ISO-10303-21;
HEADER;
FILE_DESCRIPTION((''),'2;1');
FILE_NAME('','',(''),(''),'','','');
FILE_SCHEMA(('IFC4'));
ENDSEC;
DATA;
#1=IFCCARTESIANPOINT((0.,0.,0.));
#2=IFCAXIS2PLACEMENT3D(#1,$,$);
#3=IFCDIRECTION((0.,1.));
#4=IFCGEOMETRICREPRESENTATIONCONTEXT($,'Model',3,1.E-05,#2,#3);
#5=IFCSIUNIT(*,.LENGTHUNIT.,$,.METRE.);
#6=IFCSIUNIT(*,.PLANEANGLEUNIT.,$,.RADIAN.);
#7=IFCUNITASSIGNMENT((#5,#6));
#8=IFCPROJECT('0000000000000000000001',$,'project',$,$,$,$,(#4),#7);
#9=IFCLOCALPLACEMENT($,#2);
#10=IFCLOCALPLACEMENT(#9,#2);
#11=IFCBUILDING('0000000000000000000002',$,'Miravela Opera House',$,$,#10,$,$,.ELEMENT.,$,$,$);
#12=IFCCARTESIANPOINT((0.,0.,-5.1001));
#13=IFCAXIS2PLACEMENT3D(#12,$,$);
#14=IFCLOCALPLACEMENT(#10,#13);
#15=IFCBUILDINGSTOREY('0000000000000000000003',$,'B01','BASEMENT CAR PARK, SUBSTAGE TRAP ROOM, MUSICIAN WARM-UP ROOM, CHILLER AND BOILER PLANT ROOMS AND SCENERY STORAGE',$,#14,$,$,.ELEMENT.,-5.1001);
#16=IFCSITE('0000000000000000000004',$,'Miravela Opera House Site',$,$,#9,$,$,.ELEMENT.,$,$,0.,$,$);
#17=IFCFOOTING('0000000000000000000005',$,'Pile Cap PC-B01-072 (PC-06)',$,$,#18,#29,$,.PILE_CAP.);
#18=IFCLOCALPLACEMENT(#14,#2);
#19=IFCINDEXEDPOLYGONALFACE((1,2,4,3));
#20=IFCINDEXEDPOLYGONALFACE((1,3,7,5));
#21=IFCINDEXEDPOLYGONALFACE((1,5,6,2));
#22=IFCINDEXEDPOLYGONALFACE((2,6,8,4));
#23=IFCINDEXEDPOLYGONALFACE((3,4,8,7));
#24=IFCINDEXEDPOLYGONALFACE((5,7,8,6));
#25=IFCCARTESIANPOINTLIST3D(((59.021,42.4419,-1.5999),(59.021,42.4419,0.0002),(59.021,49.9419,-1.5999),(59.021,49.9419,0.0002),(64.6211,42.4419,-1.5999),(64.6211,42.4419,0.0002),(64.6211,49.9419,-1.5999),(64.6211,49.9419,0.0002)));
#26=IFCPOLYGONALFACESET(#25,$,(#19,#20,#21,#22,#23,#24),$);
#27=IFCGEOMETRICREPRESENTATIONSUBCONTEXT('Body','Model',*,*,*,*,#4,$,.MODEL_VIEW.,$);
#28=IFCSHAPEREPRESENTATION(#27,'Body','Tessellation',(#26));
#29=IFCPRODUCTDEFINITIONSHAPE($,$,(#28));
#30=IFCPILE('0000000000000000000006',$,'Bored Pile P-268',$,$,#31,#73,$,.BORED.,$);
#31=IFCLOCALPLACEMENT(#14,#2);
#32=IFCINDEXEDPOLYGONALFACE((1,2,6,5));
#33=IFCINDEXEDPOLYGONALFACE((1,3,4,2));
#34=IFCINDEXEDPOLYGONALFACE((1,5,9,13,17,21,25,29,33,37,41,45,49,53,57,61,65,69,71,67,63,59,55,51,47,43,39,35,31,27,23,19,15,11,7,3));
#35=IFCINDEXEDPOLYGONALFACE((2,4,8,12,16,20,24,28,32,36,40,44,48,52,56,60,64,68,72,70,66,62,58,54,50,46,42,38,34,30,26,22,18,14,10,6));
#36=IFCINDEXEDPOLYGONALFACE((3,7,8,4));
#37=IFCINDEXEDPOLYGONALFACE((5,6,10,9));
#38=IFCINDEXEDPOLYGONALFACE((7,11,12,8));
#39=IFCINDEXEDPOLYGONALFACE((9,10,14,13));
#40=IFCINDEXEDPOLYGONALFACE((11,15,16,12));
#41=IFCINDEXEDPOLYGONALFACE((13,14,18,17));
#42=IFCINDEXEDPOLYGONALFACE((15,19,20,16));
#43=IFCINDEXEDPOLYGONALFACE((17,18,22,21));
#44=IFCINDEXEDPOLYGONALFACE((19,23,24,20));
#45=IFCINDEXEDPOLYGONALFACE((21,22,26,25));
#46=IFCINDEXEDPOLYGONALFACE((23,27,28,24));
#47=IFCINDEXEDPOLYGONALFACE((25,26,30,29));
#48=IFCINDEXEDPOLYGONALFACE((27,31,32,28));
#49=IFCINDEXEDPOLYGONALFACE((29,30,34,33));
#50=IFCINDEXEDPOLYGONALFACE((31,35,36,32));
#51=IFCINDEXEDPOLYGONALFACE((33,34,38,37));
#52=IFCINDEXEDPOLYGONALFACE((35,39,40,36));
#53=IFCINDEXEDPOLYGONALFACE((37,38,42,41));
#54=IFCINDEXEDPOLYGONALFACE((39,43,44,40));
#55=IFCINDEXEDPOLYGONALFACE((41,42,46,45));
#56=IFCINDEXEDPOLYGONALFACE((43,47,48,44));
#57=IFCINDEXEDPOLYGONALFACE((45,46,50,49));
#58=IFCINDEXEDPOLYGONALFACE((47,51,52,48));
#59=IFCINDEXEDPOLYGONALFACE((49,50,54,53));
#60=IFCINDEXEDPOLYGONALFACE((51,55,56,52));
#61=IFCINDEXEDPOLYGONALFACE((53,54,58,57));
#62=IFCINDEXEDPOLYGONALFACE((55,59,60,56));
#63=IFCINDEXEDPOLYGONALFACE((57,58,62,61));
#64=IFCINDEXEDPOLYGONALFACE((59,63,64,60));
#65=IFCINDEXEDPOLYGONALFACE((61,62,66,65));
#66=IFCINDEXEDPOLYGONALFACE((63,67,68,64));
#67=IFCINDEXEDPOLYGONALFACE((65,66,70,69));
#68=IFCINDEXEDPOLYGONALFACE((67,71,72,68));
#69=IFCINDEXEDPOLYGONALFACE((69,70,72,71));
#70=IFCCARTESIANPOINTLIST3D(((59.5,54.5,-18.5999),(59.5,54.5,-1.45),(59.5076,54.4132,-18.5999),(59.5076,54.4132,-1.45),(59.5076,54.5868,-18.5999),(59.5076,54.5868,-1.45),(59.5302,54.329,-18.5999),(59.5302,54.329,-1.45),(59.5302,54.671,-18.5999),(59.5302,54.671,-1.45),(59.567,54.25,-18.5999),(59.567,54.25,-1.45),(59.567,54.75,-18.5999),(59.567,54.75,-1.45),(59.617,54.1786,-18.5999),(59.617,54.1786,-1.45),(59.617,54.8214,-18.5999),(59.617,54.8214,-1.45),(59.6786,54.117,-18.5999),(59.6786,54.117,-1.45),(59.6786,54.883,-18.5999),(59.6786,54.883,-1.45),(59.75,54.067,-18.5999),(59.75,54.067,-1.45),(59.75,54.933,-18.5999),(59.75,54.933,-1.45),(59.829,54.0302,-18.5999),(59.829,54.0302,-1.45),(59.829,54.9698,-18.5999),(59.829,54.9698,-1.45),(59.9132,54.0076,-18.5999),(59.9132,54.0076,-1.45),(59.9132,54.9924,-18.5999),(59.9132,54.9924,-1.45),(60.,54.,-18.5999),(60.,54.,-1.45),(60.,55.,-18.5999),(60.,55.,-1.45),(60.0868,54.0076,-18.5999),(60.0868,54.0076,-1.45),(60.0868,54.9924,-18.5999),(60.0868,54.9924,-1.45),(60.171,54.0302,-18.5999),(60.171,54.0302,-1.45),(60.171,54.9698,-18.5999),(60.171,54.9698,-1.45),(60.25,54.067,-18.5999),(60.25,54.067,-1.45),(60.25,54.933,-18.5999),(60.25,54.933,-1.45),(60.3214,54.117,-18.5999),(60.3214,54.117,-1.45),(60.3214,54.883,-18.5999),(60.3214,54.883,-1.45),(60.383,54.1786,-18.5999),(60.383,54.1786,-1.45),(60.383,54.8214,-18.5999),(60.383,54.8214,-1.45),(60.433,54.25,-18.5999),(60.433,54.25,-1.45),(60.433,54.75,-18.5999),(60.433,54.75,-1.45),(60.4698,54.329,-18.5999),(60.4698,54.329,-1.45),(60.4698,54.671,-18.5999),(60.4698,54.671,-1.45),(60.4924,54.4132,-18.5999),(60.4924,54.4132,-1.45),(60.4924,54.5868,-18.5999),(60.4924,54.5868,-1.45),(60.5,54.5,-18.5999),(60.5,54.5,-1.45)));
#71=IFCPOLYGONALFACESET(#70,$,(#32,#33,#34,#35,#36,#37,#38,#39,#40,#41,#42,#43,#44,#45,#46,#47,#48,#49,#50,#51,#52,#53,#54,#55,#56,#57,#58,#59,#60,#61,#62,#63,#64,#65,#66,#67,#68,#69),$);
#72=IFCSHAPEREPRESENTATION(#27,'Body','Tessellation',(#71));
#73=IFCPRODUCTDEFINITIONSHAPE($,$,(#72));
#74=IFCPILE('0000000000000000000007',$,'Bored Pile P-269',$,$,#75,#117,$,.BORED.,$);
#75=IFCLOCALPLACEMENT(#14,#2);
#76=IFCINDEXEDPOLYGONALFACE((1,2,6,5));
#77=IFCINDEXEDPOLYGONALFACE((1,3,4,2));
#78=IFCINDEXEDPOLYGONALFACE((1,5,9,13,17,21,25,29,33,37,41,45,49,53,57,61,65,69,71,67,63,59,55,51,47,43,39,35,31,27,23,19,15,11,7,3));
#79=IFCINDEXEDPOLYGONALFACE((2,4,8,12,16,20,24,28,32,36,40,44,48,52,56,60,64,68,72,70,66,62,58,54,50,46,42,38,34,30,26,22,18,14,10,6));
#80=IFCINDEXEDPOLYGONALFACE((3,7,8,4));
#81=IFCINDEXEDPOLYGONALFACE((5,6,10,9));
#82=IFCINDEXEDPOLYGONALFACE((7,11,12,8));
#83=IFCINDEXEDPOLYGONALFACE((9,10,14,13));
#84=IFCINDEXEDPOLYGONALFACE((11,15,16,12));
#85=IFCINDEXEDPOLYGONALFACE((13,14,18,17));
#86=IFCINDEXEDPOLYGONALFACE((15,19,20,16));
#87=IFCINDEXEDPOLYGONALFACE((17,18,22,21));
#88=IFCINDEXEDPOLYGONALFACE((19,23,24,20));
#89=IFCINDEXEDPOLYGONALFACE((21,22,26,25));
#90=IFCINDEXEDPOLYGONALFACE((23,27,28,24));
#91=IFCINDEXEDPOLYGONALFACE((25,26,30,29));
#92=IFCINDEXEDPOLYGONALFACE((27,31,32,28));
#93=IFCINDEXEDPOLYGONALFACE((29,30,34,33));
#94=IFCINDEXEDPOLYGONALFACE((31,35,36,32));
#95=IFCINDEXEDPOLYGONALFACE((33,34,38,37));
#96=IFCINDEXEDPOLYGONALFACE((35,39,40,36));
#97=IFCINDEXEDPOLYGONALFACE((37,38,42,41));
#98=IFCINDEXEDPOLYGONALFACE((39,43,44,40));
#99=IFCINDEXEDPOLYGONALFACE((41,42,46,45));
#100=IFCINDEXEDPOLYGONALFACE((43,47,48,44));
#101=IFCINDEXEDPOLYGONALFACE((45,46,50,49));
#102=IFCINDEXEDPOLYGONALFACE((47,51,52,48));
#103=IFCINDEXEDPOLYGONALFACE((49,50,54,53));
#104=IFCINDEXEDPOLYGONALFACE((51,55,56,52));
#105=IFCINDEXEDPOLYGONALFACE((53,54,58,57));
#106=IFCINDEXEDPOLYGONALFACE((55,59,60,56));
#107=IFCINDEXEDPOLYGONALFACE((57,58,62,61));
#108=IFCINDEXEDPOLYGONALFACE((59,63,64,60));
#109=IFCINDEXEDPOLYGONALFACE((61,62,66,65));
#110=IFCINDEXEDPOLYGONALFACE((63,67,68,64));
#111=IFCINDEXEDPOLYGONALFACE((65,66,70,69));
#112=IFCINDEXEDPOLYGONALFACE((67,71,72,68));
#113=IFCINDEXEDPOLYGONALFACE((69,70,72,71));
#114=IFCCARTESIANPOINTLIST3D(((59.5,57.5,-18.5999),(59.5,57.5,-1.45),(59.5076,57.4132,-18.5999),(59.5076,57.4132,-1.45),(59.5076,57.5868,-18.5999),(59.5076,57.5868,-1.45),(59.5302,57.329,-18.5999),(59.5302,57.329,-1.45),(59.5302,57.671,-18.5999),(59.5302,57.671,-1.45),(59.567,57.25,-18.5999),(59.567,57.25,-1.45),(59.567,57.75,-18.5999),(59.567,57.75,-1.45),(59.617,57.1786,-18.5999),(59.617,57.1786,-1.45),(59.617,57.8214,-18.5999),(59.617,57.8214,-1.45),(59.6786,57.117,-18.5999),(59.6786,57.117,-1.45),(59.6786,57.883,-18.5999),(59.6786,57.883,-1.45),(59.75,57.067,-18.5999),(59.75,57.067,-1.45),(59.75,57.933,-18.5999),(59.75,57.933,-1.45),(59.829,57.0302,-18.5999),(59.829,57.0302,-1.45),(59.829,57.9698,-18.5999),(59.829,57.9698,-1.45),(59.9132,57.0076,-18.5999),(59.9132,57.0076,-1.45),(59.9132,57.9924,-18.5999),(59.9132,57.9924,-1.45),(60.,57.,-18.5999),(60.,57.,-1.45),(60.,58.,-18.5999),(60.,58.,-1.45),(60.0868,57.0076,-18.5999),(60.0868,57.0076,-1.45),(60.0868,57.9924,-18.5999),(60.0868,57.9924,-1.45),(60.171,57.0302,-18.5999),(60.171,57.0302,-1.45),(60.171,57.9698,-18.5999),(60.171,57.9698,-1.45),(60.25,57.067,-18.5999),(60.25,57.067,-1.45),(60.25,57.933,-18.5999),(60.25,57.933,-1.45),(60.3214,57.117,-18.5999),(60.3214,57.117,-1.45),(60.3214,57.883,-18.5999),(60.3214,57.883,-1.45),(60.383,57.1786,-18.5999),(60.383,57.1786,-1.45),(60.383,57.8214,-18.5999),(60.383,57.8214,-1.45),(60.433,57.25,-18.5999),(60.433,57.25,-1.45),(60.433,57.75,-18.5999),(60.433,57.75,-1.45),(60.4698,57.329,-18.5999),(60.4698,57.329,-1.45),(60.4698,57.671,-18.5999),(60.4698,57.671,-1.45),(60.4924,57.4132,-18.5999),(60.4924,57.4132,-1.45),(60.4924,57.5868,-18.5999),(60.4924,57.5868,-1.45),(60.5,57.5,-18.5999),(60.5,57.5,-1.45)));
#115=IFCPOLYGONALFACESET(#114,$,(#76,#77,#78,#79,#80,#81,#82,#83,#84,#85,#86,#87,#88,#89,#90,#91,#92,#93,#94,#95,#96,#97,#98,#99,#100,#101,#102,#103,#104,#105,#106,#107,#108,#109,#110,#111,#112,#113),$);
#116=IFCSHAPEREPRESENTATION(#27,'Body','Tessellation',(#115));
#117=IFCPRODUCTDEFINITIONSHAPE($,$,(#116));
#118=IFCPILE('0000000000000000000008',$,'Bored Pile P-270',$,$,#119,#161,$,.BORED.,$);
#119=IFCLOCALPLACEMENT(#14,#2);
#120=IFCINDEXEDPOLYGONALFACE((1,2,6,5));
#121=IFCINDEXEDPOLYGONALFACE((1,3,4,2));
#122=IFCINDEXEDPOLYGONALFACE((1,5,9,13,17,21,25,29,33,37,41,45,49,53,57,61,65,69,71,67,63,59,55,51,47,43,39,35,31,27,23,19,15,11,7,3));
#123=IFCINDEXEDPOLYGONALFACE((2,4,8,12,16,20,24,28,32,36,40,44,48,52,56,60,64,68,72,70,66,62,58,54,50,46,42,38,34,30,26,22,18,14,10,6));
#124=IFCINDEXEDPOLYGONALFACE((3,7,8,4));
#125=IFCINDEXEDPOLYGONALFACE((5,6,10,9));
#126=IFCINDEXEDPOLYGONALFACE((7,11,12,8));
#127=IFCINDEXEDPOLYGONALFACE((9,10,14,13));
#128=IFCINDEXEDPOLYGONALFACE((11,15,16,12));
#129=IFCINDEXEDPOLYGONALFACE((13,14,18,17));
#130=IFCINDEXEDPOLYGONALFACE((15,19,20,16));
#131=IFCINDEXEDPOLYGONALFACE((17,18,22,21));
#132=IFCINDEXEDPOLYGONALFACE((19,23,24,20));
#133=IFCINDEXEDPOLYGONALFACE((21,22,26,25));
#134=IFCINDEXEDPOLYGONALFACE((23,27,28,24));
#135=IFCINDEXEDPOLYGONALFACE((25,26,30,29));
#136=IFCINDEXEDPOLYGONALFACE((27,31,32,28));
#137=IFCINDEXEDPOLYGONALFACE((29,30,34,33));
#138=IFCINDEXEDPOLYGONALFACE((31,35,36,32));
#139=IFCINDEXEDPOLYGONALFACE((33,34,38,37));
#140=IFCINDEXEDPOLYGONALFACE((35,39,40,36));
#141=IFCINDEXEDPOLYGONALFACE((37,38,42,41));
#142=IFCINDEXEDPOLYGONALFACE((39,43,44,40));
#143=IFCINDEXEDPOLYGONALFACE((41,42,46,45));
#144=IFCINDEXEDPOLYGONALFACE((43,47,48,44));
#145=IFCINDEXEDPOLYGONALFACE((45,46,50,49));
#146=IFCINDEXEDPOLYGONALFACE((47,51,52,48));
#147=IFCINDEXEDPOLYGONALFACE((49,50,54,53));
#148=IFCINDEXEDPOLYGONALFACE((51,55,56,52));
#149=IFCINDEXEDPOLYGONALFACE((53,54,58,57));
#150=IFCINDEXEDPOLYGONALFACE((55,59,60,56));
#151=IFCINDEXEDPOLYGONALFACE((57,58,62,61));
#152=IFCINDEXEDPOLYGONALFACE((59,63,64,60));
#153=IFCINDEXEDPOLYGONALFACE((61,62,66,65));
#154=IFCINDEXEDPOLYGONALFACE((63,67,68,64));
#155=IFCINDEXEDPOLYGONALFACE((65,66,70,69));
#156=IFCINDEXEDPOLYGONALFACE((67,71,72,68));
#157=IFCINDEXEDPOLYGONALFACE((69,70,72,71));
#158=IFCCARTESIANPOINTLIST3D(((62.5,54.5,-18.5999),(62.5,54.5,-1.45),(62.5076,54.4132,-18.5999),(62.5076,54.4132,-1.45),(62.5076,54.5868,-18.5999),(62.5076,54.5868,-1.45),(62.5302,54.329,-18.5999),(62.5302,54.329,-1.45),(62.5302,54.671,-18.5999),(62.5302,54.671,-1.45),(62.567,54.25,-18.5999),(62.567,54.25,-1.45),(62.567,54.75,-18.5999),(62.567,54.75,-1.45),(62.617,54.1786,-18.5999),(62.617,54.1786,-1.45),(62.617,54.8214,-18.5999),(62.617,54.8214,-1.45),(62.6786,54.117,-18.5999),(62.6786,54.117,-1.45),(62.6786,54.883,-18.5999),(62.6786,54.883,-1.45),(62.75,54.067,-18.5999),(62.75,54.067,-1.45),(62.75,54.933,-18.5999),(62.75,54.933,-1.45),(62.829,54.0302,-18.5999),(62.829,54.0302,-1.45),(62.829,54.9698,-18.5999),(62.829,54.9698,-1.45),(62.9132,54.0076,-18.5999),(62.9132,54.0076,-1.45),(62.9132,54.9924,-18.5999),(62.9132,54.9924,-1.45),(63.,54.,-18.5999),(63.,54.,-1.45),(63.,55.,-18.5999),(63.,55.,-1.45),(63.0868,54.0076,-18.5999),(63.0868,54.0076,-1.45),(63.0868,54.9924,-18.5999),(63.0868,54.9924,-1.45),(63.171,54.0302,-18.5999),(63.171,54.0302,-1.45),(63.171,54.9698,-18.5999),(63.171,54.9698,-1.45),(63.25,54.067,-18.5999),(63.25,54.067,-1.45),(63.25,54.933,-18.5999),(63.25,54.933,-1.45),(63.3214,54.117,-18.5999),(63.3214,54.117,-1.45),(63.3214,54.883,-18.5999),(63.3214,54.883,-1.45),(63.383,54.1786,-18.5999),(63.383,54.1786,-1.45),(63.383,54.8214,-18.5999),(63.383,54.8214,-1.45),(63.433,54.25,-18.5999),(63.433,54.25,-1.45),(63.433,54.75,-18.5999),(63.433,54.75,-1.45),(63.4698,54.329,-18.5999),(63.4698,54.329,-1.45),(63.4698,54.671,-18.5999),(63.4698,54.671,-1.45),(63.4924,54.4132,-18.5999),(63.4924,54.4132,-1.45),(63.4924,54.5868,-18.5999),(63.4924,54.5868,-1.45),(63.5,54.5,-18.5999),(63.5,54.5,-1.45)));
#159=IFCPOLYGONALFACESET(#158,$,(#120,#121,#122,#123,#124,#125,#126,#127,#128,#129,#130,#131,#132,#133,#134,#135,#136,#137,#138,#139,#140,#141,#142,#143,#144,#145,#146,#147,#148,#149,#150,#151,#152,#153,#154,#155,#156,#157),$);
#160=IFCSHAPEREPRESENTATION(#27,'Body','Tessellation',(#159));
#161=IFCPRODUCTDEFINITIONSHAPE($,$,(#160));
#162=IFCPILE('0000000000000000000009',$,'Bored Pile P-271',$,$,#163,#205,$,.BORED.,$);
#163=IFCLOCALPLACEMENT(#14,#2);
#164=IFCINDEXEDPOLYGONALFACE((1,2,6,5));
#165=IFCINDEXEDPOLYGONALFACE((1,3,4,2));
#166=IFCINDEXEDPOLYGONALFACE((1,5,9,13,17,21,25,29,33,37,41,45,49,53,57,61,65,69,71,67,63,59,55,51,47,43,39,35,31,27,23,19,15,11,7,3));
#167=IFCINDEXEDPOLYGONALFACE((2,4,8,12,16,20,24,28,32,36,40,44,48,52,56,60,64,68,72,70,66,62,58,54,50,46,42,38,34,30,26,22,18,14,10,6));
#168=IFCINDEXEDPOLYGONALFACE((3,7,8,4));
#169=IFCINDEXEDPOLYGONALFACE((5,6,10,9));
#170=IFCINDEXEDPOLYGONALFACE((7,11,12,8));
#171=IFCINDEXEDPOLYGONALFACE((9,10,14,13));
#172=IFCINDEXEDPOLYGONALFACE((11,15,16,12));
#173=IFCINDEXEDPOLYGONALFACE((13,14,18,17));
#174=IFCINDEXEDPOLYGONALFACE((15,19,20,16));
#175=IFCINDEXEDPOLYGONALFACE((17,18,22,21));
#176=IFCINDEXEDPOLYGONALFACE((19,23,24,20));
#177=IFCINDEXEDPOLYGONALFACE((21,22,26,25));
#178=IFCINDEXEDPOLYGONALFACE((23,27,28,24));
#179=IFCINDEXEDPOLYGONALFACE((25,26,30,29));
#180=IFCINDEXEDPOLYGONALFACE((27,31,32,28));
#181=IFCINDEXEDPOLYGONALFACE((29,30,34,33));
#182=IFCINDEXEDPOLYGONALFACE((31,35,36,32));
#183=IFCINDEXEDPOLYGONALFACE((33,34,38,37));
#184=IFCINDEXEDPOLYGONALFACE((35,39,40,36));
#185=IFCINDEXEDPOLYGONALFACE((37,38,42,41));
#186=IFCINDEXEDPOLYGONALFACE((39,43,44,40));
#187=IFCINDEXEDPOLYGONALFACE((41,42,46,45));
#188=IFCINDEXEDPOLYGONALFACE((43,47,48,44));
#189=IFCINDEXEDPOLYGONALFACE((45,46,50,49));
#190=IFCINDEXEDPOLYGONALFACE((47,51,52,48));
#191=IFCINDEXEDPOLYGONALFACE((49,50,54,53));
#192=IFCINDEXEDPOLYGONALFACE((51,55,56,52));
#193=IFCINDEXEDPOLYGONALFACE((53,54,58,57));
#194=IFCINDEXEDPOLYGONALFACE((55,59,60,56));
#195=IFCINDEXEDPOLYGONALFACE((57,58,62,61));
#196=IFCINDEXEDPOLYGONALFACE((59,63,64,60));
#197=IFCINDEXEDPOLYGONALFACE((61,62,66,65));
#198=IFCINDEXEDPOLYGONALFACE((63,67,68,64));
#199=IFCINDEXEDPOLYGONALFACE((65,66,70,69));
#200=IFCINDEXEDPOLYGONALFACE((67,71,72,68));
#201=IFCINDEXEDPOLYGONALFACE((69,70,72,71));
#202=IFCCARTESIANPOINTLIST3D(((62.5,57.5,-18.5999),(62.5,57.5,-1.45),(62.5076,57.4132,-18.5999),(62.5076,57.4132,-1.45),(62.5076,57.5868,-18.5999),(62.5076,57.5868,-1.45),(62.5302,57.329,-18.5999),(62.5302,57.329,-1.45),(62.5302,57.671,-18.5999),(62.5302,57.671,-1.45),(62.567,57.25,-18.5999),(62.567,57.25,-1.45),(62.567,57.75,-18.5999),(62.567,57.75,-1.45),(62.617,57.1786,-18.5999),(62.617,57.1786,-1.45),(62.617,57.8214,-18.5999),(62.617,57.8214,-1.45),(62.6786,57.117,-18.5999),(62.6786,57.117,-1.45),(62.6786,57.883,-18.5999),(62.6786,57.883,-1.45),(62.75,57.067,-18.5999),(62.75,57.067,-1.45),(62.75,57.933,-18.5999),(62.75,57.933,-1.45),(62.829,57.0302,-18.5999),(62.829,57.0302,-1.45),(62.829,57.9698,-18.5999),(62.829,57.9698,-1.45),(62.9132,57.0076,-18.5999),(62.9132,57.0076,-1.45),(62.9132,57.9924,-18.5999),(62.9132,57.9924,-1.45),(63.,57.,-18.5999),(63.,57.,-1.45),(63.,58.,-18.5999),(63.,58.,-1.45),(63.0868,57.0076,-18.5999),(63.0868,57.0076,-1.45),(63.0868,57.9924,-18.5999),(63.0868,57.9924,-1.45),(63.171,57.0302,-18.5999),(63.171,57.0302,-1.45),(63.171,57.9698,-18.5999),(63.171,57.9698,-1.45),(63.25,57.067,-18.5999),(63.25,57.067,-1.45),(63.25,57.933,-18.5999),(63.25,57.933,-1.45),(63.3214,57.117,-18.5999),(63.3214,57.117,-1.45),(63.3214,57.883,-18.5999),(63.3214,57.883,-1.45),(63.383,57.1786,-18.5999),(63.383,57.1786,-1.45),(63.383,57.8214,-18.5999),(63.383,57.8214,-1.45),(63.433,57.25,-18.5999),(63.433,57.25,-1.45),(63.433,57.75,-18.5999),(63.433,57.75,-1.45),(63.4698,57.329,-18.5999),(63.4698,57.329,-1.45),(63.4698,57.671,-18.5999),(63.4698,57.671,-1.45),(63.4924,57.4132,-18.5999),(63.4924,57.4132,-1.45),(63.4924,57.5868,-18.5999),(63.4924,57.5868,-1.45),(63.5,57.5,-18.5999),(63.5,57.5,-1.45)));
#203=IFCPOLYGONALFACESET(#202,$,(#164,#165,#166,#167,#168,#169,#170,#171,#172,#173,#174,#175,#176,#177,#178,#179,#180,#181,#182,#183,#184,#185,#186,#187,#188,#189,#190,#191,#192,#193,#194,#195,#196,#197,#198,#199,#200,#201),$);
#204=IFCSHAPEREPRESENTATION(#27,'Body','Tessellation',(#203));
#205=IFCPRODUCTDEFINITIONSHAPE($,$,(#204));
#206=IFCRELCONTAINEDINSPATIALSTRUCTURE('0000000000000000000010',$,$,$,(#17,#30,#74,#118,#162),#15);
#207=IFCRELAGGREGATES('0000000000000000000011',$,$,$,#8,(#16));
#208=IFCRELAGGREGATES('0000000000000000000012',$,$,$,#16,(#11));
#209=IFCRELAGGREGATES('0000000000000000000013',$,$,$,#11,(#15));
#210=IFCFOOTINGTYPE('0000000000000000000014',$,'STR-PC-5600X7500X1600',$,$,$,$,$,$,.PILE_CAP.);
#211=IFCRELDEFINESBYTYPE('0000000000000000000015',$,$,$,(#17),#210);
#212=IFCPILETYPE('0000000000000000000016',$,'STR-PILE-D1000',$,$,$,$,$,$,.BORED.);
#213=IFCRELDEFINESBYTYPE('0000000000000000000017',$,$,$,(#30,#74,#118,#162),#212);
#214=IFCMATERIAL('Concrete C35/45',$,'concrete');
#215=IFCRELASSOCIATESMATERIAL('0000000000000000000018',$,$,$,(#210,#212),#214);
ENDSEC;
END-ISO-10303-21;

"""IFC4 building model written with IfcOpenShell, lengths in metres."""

from ifc_helpers import new_model, si_unit, direction, frame, origin, origin_2d, place, context, subcontext, project, spatial, rectangle, circle, extrude, material, material_profile, profile_set, type_object, element, save


model = new_model("IFC4")

# Units and contexts
model_context = context("Model", 3, precision=1e-05, world=origin(), true_north=direction((0.0, 1.0)))
body_context = subcontext(model_context, "Body", "Model", "MODEL_VIEW")
ifc_project = project(units=[si_unit("LENGTHUNIT", "METRE"), si_unit("PLANEANGLEUNIT", "RADIAN")], contexts=[model_context])

# Site, building, storey
site_placement = place(None, origin())
site = spatial("IfcSite", under=ifc_project, at=site_placement, Name="Miravela Opera House Site", CompositionType="ELEMENT", RefElevation=0.0)
building_placement = place(site_placement, origin())
building = spatial("IfcBuilding", under=site, at=building_placement, Name="Miravela Opera House", CompositionType="ELEMENT")
storey_placement = place(building_placement, frame((0.0, 0.0, -5.1001)))
storey = spatial("IfcBuildingStorey", under=building, at=storey_placement, Name="B01", Description="BASEMENT CAR PARK, SUBSTAGE TRAP ROOM, MUSICIAN WARM-UP ROOM, CHILLER AND BOILER PLANT ROOMS AND SCENERY STORAGE", CompositionType="ELEMENT", Elevation=-5.1001)

# Footing
ifc_material_1 = material(Name="Concrete C35/45", Category="concrete")
footing_type = type_object("IfcFootingType", Name="STR-PC-5600X7500X1600", PredefinedType="PILE_CAP", material=ifc_material_1)
footing_placement = place(storey_placement, frame((61.821, 46.1919, -1.5999), z_axis=(0.0, 0.0, 1.0), x_axis=(1.0, 0.0, 0.0)))
element("IfcFooting", 1, at=footing_placement, inside=storey, type_object=footing_type, Name="Pile Cap PC-B01-072 (PC-06)", PredefinedType="PILE_CAP", context=body_context, shape_type="SweptSolid", body=[
    extrude(rectangle(XDim=5.6001, YDim=7.5, at=origin_2d()), origin(), (0.0, 0.0, 1.0), 1.6001),
])

# Piles
ifc_material_profile_1 = material_profile(ifc_material_1, circle(Radius=0.5, at=origin_2d()), Name="PILE-D1000")
ifc_profile_set_1 = profile_set([ifc_material_profile_1])
pile_type_1 = type_object("IfcPileType", Name="STR-PILE-D1000", PredefinedType="BORED", material=ifc_profile_set_1)
for number, where, z_axis, x_axis, name in (
    (2, (60.0, 54.5, -1.45), (0.0, 0.0, -1.0), (1.0, 0.0, 0.0), "Bored Pile P-268"),
    (3, (60.0, 57.5, -1.45), (0.0, 0.0, -1.0), (1.0, 0.0, 0.0), "Bored Pile P-269"),
    (4, (63.0, 54.5, -1.45), (0.0, 0.0, -1.0), (1.0, 0.0, 0.0), "Bored Pile P-270"),
    (5, (63.0, 57.5, -1.45), (0.0, 0.0, -1.0), (1.0, 0.0, 0.0), "Bored Pile P-271"),
):
    element("IfcPile", number, at=place(storey_placement, frame(where, z_axis=z_axis, x_axis=x_axis)), inside=storey, type_object=pile_type_1, Name=name, PredefinedType="BORED", context=body_context, shape_type="SweptSolid", body=[
        extrude(circle(Radius=0.5, at=origin_2d()), origin(), (0.0, 0.0, 1.0), 17.1499),
    ])

save(model, "model.ifc")
